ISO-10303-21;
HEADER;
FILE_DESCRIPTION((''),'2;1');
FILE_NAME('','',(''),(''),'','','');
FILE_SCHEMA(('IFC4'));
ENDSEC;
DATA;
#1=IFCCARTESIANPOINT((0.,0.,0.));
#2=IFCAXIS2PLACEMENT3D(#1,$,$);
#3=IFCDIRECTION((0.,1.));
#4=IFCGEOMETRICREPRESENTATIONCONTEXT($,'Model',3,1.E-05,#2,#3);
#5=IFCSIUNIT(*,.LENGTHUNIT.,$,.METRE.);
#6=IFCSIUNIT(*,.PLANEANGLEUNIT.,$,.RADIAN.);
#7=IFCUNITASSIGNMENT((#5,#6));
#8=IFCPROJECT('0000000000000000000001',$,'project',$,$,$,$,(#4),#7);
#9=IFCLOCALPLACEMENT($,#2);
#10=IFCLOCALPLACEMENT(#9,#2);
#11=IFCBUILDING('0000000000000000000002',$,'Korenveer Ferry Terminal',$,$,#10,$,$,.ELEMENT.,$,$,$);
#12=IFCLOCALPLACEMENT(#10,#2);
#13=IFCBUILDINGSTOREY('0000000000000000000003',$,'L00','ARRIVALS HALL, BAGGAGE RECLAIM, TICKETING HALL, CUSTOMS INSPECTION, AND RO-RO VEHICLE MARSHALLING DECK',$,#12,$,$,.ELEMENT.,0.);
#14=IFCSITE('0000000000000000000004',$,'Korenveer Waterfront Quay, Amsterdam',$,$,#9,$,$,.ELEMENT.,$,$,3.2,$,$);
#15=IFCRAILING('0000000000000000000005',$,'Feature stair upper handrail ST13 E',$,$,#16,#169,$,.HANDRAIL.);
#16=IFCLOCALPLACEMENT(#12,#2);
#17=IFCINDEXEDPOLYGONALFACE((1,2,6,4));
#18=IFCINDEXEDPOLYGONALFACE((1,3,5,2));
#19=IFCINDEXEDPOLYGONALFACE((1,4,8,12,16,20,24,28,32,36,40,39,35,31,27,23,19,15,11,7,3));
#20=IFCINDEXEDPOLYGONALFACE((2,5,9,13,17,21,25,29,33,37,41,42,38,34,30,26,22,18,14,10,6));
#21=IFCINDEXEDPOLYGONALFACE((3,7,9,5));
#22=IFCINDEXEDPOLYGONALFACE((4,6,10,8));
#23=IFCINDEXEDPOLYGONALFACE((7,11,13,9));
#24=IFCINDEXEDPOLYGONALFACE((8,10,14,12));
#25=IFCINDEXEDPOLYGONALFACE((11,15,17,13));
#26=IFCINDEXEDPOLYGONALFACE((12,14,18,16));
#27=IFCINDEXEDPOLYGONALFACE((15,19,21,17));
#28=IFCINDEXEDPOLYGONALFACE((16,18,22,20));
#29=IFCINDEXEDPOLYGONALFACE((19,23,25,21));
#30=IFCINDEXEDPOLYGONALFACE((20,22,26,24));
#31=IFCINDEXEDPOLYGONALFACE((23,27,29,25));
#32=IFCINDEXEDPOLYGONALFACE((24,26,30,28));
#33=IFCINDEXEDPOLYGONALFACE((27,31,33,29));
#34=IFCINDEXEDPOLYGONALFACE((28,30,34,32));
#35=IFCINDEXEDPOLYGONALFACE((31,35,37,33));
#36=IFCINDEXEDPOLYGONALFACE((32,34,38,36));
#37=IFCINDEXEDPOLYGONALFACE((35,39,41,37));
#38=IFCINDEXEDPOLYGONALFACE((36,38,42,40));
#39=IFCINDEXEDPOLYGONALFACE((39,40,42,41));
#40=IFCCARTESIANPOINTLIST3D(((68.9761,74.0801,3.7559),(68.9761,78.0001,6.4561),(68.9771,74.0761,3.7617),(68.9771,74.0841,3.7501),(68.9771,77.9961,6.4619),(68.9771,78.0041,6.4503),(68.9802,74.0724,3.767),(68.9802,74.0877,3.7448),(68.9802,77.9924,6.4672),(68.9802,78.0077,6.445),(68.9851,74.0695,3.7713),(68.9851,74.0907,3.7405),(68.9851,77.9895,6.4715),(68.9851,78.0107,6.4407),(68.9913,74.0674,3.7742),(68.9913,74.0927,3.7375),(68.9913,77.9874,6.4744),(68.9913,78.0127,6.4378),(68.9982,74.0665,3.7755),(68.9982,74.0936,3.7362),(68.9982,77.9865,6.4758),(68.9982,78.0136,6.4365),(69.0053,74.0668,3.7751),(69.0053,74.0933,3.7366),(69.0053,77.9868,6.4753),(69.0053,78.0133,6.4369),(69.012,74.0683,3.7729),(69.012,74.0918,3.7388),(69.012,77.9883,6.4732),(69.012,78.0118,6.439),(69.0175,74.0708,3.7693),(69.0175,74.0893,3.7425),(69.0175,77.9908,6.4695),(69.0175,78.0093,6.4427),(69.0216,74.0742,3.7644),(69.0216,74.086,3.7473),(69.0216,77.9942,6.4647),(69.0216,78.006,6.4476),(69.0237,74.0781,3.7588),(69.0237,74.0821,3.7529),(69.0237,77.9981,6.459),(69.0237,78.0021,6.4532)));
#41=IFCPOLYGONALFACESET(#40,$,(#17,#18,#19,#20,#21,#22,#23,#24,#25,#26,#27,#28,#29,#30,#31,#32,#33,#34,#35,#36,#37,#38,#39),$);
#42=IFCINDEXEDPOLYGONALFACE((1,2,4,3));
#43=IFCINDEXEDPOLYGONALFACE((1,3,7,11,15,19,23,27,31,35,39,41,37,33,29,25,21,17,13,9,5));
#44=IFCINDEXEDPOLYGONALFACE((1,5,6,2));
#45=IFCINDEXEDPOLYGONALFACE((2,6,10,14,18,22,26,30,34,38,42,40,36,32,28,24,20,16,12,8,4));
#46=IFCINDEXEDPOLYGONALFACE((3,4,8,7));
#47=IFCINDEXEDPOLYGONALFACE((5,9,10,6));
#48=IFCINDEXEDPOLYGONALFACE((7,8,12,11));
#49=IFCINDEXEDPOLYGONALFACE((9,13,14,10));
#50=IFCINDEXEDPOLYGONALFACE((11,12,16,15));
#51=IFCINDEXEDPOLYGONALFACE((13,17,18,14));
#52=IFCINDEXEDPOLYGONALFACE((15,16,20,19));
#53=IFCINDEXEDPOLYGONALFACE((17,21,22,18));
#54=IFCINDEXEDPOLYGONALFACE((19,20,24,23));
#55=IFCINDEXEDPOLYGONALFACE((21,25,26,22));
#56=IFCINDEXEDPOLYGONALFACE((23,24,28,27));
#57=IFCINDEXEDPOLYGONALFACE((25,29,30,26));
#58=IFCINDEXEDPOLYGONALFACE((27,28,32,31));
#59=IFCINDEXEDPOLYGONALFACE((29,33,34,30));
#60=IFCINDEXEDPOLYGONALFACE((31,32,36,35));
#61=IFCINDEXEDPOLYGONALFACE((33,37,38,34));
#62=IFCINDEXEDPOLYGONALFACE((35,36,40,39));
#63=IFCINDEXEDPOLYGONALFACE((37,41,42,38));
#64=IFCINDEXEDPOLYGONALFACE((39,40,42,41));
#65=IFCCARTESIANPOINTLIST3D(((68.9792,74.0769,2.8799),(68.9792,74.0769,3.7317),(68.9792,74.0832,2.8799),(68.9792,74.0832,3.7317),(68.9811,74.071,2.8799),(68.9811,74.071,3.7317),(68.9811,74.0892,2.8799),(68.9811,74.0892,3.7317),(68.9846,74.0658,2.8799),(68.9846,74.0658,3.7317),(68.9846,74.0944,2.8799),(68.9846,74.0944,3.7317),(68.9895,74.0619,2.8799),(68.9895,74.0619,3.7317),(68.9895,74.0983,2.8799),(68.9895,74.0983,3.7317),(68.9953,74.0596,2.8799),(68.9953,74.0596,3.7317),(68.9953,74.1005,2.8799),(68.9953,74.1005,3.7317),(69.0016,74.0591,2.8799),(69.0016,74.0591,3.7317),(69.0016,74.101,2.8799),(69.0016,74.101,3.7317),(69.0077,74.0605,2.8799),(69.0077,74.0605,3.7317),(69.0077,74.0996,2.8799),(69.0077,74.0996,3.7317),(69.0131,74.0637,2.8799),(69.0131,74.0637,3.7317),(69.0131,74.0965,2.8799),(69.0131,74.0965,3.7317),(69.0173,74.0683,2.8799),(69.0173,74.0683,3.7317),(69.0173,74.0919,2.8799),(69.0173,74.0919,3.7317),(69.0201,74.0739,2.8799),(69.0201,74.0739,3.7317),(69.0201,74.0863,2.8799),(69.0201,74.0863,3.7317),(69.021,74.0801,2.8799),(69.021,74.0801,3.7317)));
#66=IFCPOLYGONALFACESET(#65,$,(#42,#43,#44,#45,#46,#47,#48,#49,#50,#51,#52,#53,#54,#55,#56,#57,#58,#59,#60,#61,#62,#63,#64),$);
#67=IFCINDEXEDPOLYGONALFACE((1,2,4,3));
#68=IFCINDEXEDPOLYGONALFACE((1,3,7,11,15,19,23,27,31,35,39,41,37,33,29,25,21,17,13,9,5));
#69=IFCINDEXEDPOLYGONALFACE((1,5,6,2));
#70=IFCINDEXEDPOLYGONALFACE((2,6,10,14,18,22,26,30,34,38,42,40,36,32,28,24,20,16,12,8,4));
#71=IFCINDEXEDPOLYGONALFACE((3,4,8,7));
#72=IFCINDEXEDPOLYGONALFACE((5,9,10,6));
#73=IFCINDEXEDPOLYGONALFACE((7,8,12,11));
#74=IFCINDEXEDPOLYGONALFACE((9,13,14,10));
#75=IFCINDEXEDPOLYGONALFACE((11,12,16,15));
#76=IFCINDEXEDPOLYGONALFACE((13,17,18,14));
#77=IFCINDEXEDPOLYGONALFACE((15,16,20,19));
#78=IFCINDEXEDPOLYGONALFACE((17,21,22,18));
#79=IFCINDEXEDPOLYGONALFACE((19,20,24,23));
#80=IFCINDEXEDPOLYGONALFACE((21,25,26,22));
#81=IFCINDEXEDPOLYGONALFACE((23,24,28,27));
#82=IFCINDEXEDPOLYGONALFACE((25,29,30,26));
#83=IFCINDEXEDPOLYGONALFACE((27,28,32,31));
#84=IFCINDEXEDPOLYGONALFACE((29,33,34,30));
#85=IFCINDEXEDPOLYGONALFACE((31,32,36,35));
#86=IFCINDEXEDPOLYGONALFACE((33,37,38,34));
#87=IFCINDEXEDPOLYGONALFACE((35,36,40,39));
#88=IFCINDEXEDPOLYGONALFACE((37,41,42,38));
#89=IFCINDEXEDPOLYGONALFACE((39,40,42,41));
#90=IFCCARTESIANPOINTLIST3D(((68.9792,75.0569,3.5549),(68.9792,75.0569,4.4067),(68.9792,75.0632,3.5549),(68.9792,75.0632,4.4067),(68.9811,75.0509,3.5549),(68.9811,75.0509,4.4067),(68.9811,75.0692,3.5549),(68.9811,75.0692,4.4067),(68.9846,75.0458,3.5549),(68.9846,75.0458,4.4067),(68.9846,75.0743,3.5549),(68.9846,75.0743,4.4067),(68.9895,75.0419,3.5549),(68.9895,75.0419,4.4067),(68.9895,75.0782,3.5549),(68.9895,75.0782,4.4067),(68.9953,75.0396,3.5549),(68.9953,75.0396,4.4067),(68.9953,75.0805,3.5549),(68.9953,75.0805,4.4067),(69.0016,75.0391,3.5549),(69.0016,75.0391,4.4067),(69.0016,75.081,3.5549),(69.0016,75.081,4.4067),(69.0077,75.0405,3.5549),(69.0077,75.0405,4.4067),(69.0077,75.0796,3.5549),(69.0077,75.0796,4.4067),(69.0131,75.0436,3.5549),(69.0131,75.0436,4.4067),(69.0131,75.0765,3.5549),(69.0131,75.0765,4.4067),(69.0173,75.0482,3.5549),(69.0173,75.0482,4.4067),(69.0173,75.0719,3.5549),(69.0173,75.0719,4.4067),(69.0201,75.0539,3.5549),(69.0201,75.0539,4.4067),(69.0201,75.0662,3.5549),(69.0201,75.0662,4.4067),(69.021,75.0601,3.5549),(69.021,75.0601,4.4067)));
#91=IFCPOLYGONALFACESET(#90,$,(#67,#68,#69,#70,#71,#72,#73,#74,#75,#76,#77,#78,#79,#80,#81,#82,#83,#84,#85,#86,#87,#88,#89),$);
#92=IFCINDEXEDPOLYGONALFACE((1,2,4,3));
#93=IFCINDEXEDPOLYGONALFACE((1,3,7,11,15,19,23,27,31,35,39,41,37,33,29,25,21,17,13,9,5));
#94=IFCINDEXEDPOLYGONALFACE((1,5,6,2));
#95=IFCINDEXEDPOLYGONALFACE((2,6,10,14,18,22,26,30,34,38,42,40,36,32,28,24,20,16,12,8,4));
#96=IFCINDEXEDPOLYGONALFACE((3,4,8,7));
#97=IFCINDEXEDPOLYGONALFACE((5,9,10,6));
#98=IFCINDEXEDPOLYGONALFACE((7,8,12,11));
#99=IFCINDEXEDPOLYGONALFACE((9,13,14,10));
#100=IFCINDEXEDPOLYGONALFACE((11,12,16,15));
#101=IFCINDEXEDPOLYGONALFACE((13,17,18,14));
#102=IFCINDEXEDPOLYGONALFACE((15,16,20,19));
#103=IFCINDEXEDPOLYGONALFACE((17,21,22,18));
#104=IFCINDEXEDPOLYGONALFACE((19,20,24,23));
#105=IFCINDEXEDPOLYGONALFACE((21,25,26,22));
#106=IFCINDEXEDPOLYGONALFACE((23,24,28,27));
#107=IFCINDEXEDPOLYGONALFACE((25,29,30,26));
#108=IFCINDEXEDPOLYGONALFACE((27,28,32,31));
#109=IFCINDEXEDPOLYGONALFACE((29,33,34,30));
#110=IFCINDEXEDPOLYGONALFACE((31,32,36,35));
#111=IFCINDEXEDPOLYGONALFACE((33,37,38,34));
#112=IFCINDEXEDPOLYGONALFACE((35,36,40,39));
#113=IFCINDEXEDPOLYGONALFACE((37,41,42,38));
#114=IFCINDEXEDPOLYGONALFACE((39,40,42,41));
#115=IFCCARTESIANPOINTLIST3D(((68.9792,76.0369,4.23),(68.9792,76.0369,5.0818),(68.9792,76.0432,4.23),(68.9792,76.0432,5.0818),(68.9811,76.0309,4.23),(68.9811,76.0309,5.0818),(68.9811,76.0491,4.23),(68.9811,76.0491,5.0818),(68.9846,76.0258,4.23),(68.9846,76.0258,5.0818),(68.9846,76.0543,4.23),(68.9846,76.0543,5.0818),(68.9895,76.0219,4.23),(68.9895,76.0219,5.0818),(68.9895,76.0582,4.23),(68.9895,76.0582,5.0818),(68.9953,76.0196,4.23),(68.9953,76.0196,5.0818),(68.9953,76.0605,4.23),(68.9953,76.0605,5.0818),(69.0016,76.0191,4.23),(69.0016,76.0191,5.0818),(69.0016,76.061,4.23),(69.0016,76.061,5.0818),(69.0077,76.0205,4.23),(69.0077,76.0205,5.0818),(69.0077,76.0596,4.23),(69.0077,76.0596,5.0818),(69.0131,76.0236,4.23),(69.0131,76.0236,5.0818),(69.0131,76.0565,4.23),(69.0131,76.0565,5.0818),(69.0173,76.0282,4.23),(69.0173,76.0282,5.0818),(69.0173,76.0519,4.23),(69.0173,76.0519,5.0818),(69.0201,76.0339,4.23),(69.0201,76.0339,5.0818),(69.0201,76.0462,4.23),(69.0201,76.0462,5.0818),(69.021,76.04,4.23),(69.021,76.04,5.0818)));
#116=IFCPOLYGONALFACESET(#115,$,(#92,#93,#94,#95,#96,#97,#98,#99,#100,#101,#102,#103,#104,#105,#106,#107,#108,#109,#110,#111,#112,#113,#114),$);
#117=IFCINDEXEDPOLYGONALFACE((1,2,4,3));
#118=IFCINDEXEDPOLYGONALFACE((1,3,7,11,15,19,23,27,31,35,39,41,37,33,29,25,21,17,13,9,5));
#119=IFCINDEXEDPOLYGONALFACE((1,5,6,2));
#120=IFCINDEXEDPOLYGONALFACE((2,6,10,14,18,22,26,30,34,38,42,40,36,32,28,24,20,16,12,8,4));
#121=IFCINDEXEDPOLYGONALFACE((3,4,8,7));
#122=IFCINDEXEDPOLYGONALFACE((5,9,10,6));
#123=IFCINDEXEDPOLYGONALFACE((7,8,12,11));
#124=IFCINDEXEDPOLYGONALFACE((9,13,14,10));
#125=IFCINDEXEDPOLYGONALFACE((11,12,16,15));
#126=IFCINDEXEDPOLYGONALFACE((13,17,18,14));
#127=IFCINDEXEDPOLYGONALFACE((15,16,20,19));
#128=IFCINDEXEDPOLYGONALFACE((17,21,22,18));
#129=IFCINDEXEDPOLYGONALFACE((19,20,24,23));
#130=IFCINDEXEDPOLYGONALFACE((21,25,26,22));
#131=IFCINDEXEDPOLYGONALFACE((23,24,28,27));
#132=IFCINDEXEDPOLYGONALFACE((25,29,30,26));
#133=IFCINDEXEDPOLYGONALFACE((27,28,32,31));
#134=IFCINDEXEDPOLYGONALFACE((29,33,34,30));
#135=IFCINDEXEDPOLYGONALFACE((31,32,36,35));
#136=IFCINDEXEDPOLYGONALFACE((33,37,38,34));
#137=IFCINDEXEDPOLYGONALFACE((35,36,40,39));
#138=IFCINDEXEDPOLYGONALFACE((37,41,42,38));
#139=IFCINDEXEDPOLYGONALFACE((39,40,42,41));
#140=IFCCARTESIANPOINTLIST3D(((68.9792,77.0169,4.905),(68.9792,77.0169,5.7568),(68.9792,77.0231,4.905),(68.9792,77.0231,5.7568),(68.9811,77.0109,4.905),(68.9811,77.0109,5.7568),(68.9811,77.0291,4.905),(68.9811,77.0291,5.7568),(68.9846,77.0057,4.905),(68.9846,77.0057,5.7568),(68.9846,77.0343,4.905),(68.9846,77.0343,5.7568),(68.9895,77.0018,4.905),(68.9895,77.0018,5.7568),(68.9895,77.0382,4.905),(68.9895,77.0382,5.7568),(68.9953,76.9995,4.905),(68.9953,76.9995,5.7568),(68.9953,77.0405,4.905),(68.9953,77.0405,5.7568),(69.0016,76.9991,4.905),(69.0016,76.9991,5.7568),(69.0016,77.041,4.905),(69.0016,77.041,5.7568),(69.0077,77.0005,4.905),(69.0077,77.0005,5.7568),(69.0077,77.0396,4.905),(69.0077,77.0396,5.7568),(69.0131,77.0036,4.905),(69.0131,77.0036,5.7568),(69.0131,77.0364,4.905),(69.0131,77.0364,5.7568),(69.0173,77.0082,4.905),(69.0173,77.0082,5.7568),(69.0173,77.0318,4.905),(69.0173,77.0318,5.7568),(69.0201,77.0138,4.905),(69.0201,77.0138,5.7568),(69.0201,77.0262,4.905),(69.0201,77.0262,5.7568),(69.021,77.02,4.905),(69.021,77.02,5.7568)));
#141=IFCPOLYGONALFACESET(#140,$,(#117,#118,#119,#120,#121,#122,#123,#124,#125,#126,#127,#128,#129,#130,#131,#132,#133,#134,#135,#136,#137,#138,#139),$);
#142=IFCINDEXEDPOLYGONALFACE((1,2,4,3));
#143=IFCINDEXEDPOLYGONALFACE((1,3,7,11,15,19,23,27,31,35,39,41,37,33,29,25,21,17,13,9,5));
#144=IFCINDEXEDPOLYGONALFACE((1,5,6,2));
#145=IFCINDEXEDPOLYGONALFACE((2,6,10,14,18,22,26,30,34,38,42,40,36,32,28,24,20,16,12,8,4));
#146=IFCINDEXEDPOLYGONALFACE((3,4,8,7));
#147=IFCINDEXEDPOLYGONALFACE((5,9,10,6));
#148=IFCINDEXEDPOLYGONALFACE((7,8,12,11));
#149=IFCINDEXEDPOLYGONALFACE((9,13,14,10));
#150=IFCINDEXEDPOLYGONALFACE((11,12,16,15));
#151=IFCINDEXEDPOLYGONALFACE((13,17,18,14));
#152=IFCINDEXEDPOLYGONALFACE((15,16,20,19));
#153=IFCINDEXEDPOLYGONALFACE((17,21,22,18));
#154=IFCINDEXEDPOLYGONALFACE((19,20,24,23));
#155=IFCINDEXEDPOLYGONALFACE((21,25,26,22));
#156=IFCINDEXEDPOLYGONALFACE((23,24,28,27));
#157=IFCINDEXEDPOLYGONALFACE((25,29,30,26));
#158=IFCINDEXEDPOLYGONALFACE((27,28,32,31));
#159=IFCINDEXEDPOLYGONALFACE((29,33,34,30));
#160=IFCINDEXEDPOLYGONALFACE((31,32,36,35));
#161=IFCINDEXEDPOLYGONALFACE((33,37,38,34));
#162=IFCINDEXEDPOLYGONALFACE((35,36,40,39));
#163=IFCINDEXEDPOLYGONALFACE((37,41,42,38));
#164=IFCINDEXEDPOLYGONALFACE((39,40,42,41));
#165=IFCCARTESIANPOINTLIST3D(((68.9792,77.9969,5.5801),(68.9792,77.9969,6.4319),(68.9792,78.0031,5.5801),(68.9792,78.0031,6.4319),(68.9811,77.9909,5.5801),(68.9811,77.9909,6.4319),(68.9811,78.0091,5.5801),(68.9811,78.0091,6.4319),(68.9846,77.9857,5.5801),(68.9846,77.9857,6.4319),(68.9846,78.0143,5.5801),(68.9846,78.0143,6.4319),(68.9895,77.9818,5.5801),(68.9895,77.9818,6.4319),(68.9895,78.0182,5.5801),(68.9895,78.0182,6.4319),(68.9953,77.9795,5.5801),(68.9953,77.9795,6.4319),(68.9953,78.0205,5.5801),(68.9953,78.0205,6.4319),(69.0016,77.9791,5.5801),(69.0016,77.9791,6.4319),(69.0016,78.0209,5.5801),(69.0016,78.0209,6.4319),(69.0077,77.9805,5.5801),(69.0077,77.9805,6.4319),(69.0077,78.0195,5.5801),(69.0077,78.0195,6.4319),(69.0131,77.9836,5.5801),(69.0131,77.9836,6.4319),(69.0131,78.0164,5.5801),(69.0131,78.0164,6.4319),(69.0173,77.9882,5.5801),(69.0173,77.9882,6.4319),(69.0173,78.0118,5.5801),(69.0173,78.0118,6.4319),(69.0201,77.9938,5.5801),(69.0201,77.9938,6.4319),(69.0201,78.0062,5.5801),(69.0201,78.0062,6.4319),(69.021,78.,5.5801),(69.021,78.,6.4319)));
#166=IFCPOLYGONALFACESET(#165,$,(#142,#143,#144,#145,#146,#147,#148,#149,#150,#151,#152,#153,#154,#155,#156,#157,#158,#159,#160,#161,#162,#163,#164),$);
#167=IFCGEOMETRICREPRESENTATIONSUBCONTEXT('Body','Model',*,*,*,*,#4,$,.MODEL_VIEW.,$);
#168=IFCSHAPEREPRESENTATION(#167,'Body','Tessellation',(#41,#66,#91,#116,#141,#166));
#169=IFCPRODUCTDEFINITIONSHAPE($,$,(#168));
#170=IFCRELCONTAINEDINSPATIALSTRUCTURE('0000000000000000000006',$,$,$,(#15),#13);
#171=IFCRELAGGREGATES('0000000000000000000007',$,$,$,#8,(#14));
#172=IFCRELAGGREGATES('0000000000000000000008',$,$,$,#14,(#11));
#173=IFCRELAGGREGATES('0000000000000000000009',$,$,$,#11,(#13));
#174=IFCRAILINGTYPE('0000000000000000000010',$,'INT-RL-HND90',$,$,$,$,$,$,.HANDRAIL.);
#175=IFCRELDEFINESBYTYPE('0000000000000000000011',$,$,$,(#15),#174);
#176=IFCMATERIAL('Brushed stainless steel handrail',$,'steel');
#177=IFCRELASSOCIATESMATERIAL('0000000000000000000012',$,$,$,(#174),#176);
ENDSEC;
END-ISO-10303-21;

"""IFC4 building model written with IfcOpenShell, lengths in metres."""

from ifc_helpers import new_model, si_unit, direction, frame, origin, origin_2d, place, context, subcontext, project, spatial, circle, extrude, material, type_object, element, save


model = new_model("IFC4")

# Units and contexts
model_context = context("Model", 3, precision=1e-05, world=origin(), true_north=direction((0.0, 1.0)))
body_context = subcontext(model_context, "Body", "Model", "MODEL_VIEW")
ifc_project = project(units=[si_unit("LENGTHUNIT", "METRE"), si_unit("PLANEANGLEUNIT", "RADIAN")], contexts=[model_context])

# Site, building, storey
site_placement = place(None, origin())
site = spatial("IfcSite", under=ifc_project, at=site_placement, Name="Korenveer Waterfront Quay, Amsterdam", CompositionType="ELEMENT", RefElevation=3.2)
building_placement = place(site_placement, origin())
building = spatial("IfcBuilding", under=site, at=building_placement, Name="Korenveer Ferry Terminal", CompositionType="ELEMENT")
storey_placement = place(building_placement, origin())
storey = spatial("IfcBuildingStorey", under=building, at=storey_placement, Name="L00", Description="ARRIVALS HALL, BAGGAGE RECLAIM, TICKETING HALL, CUSTOMS INSPECTION, AND RO-RO VEHICLE MARSHALLING DECK", CompositionType="ELEMENT", Elevation=0.0)

# Railing
ifc_material_1 = material(Name="Brushed stainless steel handrail", Category="steel")
railing_type_1 = type_object("IfcRailingType", Name="INT-RL-HND90", PredefinedType="HANDRAIL", material=ifc_material_1)
railing_1_placement = place(storey_placement, frame((69.0, 74.0801, 2.8799)))
element("IfcRailing", 1, at=railing_1_placement, inside=storey, type_object=railing_type_1, Name="Feature stair upper handrail ST13 E", PredefinedType="HANDRAIL", context=body_context, shape_type="SweptSolid", body=[
    extrude(circle(Radius=0.0239, at=origin_2d()), frame((0.0, 0.0, 0.876), z_axis=(0.0, 0.823527, 0.567277), x_axis=(-1.0, 0.0, 0.0)), (0.0, 0.0, 1.0), 4.76),
    extrude(circle(Radius=0.021, at=origin_2d()), origin(), (0.0, 0.0, 1.0), 0.8518),
    extrude(circle(Radius=0.021, at=origin_2d()), frame((0.0, 0.98, 0.675)), (0.0, 0.0, 1.0), 0.8518),
    extrude(circle(Radius=0.021, at=origin_2d()), frame((0.0, 1.96, 1.3501)), (0.0, 0.0, 1.0), 0.8518),
    extrude(circle(Radius=0.021, at=origin_2d()), frame((0.0, 2.9399, 2.0251)), (0.0, 0.0, 1.0), 0.8518),
    extrude(circle(Radius=0.021, at=origin_2d()), frame((0.0, 3.9199, 2.7002)), (0.0, 0.0, 1.0), 0.8518),
])

save(model, "model.ifc")
